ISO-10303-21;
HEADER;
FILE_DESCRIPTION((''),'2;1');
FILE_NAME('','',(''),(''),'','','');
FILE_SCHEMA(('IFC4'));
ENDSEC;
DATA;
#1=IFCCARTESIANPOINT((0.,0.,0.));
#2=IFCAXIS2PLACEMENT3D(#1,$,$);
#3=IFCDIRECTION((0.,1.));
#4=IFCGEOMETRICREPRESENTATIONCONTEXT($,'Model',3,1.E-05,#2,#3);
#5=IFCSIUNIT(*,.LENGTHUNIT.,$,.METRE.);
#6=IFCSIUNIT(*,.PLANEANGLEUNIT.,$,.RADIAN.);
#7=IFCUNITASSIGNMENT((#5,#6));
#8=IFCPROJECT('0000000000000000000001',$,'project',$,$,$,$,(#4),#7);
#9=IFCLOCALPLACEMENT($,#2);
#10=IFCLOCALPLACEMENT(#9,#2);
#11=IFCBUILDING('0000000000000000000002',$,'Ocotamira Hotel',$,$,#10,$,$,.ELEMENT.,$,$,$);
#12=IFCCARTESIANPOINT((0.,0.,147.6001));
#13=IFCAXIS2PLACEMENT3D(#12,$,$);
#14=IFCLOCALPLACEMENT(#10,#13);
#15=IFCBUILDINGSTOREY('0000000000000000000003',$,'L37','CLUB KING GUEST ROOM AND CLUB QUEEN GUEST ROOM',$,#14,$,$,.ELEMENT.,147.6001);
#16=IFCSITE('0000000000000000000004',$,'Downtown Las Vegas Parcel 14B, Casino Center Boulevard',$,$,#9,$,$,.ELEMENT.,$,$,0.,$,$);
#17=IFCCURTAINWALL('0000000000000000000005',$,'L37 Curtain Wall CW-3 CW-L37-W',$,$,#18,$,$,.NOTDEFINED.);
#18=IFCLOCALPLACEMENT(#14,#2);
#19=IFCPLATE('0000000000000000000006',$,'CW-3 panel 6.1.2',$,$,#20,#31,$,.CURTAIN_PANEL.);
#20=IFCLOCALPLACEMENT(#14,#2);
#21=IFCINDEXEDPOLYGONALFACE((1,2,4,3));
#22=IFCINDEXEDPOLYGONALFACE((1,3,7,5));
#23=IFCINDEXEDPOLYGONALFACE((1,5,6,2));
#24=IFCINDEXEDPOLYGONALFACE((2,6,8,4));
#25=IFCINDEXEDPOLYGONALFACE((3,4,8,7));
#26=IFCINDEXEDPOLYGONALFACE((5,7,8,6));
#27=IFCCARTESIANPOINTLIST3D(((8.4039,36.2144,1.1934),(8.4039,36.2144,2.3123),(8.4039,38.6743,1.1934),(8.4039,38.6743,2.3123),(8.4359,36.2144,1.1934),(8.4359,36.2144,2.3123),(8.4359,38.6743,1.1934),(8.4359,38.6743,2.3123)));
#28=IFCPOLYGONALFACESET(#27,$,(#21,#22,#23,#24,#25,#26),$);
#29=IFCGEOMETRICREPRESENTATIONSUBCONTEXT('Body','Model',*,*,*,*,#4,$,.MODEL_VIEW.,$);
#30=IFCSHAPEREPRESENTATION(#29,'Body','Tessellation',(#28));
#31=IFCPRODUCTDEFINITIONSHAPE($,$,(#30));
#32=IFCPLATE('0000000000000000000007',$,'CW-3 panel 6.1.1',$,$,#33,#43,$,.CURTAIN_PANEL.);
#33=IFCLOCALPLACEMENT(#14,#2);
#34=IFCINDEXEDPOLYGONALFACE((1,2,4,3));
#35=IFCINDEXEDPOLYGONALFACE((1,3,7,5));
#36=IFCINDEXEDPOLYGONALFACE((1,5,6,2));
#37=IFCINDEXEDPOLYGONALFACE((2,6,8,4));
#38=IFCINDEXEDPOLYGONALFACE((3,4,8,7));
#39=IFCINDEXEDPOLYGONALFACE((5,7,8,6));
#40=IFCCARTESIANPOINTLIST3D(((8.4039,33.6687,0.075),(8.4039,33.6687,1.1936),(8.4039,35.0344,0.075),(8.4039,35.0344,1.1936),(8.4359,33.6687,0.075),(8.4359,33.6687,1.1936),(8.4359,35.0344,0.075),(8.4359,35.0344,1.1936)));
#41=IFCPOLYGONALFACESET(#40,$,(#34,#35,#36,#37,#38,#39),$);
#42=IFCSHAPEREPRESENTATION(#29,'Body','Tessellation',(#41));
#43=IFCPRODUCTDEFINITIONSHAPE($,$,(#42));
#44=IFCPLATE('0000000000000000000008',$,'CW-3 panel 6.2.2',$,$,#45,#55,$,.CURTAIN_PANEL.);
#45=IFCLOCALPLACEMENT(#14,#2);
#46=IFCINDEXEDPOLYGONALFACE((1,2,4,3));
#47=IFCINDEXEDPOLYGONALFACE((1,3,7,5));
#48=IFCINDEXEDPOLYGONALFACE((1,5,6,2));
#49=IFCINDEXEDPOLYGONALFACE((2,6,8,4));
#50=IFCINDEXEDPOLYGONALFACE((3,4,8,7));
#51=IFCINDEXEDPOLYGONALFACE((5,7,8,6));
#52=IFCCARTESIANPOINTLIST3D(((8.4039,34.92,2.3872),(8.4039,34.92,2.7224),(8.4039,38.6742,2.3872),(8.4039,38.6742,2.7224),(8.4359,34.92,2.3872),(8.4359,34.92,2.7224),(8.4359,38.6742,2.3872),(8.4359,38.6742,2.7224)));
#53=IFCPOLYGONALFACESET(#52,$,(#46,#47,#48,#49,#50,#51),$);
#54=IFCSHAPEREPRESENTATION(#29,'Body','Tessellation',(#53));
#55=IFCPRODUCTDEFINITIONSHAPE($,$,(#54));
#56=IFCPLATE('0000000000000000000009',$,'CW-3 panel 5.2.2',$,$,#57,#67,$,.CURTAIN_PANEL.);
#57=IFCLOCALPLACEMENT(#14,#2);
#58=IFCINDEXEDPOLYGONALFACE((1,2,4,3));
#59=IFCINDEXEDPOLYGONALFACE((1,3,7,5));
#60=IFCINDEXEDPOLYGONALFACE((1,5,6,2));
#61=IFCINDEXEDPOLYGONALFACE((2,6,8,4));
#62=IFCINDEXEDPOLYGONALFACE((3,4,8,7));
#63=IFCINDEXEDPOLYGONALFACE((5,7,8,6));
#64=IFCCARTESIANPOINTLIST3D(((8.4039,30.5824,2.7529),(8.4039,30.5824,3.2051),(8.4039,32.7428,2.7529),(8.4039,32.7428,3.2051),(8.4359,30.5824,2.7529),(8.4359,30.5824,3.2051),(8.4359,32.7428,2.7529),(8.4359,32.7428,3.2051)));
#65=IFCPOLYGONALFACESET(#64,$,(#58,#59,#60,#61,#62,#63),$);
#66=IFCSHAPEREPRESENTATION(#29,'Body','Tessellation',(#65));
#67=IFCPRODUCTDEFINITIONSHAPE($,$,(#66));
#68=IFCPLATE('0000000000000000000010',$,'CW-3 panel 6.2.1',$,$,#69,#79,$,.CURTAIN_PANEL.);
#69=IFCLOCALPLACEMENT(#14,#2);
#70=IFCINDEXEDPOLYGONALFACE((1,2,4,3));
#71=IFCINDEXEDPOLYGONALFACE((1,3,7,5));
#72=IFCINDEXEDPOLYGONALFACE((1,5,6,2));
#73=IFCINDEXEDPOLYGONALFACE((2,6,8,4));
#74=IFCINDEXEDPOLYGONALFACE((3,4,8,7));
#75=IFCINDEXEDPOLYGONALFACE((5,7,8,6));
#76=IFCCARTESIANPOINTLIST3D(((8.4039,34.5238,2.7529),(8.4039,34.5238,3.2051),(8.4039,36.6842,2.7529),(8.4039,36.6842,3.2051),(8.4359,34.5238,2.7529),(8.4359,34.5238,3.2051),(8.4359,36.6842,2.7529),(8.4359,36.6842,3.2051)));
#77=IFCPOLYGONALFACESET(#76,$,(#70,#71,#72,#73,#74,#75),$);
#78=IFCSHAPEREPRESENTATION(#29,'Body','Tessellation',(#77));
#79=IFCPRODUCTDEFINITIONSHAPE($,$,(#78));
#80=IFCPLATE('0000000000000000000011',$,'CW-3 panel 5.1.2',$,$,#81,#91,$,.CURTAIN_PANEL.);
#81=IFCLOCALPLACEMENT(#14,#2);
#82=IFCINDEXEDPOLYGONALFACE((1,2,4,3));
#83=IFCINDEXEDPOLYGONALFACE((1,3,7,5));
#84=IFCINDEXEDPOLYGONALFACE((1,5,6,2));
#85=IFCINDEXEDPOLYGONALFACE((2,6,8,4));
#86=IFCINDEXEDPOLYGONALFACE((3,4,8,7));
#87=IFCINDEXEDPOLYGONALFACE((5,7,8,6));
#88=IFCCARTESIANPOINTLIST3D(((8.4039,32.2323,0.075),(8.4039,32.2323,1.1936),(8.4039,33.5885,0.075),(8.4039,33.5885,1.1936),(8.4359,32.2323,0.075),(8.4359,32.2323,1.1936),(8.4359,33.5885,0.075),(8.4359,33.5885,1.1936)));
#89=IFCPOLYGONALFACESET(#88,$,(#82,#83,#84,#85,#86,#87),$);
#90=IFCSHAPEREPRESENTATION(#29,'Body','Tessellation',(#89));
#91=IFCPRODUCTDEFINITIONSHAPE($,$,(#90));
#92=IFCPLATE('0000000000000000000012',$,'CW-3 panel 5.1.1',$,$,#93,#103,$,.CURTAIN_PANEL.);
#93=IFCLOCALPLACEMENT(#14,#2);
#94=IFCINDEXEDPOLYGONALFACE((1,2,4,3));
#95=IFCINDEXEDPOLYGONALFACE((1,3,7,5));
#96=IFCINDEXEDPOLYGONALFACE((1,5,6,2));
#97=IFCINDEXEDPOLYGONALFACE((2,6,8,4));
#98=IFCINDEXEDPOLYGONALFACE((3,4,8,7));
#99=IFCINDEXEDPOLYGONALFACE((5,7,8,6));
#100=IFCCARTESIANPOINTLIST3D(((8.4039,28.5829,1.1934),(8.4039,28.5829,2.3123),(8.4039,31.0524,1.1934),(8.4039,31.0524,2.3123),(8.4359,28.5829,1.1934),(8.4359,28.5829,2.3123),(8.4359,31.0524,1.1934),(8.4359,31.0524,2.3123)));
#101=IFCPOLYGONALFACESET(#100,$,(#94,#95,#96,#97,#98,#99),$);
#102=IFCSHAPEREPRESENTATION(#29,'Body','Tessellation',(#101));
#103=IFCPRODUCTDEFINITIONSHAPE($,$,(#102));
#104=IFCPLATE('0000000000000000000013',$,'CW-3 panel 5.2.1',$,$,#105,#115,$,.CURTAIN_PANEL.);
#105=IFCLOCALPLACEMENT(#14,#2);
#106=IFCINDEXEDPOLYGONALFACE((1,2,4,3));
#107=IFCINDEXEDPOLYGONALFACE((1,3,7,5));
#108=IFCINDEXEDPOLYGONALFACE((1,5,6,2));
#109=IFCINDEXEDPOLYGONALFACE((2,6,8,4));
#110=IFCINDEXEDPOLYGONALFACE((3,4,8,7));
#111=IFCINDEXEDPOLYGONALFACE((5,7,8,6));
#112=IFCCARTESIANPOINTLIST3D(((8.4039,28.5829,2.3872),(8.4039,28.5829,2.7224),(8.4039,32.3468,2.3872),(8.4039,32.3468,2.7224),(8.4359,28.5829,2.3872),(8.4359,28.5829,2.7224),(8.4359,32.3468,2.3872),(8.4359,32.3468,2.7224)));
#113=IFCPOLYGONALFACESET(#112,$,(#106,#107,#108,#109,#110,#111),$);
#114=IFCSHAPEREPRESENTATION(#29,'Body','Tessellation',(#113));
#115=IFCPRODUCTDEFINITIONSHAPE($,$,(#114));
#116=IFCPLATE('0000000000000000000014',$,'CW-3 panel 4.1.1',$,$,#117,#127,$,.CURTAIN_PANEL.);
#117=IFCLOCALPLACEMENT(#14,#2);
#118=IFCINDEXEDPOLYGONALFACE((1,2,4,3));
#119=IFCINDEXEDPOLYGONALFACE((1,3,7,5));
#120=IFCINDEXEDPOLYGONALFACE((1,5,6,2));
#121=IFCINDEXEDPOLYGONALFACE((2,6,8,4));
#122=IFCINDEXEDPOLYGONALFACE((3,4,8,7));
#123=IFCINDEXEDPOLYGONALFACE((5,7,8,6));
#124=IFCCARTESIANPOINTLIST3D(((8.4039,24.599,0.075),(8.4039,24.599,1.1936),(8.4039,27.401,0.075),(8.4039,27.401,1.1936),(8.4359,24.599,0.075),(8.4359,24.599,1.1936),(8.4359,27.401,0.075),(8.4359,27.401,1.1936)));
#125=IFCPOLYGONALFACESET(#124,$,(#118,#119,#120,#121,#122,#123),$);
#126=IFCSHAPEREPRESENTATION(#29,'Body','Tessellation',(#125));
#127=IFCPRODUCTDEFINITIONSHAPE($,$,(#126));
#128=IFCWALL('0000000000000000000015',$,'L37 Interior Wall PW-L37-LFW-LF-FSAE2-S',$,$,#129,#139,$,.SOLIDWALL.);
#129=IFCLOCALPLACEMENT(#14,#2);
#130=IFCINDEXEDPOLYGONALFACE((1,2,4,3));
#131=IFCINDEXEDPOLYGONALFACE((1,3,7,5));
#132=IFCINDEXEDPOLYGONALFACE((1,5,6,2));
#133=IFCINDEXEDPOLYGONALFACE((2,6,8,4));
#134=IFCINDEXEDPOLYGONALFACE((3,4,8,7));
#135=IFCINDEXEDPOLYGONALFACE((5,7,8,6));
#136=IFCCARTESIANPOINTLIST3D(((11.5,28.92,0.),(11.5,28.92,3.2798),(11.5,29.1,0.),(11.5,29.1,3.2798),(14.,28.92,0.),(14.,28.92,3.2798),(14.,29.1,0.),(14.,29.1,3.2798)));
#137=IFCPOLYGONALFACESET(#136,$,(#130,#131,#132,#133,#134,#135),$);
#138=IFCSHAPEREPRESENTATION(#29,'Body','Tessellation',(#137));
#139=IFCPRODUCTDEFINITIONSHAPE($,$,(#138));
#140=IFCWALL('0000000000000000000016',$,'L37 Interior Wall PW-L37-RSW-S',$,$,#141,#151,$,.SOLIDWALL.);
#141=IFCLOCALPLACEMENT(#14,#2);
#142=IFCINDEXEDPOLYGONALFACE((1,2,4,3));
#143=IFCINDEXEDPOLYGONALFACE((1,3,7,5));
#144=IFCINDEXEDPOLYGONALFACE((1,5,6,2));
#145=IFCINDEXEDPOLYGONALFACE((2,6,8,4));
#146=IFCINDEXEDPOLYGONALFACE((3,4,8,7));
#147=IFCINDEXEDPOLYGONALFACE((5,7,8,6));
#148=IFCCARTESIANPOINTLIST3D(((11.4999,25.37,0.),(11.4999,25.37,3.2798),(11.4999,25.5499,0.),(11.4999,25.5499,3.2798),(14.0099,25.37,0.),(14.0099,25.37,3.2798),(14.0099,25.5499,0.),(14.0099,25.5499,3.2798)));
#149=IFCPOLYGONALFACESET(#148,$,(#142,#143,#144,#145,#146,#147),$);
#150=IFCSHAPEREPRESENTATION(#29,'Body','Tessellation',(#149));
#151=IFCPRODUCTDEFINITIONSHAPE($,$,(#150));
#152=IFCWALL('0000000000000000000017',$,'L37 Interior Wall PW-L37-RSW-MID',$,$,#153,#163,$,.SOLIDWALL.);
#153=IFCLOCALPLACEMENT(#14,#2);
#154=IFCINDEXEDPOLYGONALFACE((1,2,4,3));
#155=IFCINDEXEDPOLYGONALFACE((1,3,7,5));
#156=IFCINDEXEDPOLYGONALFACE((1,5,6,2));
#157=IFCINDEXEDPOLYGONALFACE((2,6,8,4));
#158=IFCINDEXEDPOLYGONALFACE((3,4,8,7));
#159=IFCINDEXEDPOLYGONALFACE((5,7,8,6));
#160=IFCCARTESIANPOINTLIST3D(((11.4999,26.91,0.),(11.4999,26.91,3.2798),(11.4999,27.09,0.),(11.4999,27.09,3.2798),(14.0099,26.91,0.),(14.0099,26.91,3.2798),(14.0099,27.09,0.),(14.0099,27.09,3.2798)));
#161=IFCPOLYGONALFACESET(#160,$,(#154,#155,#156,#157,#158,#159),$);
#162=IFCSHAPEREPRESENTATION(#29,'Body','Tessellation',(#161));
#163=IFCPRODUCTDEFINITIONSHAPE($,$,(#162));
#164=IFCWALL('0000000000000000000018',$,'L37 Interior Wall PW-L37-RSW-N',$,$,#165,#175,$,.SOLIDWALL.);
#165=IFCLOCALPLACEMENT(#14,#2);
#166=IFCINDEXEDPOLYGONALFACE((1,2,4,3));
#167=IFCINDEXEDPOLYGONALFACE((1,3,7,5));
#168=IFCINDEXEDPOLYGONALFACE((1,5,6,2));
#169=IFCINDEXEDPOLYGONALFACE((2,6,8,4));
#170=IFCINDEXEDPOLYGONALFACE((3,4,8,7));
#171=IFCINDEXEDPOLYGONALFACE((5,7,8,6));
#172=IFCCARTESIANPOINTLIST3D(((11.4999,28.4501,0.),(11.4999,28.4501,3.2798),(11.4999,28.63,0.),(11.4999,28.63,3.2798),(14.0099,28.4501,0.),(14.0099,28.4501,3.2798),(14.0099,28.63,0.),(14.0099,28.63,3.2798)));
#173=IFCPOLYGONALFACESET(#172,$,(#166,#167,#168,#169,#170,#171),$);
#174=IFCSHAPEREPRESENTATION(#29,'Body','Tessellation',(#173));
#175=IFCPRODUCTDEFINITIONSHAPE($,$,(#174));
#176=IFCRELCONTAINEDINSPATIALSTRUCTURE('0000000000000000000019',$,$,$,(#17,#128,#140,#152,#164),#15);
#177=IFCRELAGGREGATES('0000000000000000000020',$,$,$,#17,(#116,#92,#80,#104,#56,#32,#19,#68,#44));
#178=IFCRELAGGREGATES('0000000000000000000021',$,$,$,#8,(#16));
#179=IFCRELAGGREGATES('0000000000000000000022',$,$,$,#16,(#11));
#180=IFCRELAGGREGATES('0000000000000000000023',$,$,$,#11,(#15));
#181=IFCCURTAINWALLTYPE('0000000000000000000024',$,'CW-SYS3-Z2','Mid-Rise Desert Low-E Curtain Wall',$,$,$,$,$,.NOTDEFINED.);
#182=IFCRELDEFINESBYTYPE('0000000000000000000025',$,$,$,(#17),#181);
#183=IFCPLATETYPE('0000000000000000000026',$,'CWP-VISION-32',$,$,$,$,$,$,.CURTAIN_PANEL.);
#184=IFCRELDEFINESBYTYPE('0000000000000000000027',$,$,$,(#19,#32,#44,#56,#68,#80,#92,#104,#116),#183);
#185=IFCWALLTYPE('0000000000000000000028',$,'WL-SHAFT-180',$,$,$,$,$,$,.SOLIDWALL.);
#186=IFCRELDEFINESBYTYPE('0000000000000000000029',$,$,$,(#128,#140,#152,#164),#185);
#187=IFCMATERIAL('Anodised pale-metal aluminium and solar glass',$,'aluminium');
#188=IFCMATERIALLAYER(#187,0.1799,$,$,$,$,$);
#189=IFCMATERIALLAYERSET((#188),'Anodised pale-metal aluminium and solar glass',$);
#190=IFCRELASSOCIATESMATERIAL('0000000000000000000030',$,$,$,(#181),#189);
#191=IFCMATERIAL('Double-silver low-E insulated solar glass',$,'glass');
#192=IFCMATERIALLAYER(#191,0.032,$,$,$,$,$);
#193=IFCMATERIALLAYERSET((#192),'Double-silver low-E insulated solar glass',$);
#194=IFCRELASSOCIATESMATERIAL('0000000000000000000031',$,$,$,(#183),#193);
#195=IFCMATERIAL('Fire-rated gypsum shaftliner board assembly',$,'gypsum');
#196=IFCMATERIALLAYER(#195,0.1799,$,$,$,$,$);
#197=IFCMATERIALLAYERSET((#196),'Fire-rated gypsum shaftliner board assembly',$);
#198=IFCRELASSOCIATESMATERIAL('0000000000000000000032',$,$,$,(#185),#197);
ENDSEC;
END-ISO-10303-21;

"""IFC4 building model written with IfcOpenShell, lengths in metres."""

from ifc_helpers import new_model, si_unit, direction, frame, frame_2d, origin, origin_2d, place, context, subcontext, project, spatial, rectangle, extrude, source, transform, mapped, material, layer, layer_set, type_object, element, aggregate, save


model = new_model("IFC4")

# Units and contexts
model_context = context("Model", 3, precision=1e-05, world=origin(), true_north=direction((0.0, 1.0)))
body_context = subcontext(model_context, "Body", "Model", "MODEL_VIEW")
ifc_project = project(units=[si_unit("LENGTHUNIT", "METRE"), si_unit("PLANEANGLEUNIT", "RADIAN")], contexts=[model_context])

# Site, building, storey
site_placement = place(None, origin())
site = spatial("IfcSite", under=ifc_project, at=site_placement, Name="Downtown Las Vegas Parcel 14B, Casino Center Boulevard", CompositionType="ELEMENT", RefElevation=0.0)
building_placement = place(site_placement, origin())
building = spatial("IfcBuilding", under=site, at=building_placement, Name="Ocotamira Hotel", CompositionType="ELEMENT")
storey_placement = place(building_placement, frame((0.0, 0.0, 147.6001)))
storey = spatial("IfcBuildingStorey", under=building, at=storey_placement, Name="L37", Description="CLUB KING GUEST ROOM AND CLUB QUEEN GUEST ROOM", CompositionType="ELEMENT", Elevation=147.6001)

# Curtain wall
ifc_material_1 = material(Name="Anodised pale-metal aluminium and solar glass", Category="aluminium")
ifc_layer_1 = layer(ifc_material_1, 0.1799)
ifc_layer_set_1 = layer_set([ifc_layer_1], Name="Anodised pale-metal aluminium and solar glass")
curtain_wall_type = type_object("IfcCurtainWallType", Name="CW-SYS3-Z2", Description="Mid-Rise Desert Low-E Curtain Wall", PredefinedType="NOTDEFINED", material=ifc_layer_set_1)
curtain_wall_placement = place(storey_placement, origin())
curtain_wall = element("IfcCurtainWall", 1, at=curtain_wall_placement, inside=storey, type_object=curtain_wall_type, Name="L37 Curtain Wall CW-3 CW-L37-W", PredefinedType="NOTDEFINED")

# Plates
ifc_material_2 = material(Name="Double-silver low-E insulated solar glass", Category="glass")
ifc_layer_2 = layer(ifc_material_2, 0.032)
ifc_layer_set_2 = layer_set([ifc_layer_2], Name="Double-silver low-E insulated solar glass")
plate_type_1 = type_object("IfcPlateType", Name="CWP-VISION-32", PredefinedType="CURTAIN_PANEL", material=ifc_layer_set_2)
shared_shape_1 = source(origin(), body_context, "Body", "SweptSolid", [
    extrude(rectangle(XDim=2.46, YDim=0.032, at=origin_2d()), origin(), (0.0, 0.0, 1.0), 1.1189),
])
plate_1_placement = place(storey_placement, frame((8.4199, 37.4443, 1.1934), z_axis=(0.0, 0.0, 1.0), x_axis=(0.0, 1.0, 0.0)))
plate_1 = element("IfcPlate", 2, at=plate_1_placement, type_object=plate_type_1, Name="CW-3 panel 6.1.2", PredefinedType="CURTAIN_PANEL", context=body_context, shape_type="MappedRepresentation", body=[
    mapped(shared_shape_1, transform((0.0, 0.0, 0.0), scale=1.0)),
])
shared_shape_2 = source(origin(), body_context, "Body", "SweptSolid", [
    extrude(rectangle(XDim=1.3657, YDim=0.032, at=origin_2d()), origin(), (0.0, 0.0, 1.0), 1.1187),
])
plate_2_placement = place(storey_placement, frame((8.4199, 34.3516, 0.075), z_axis=(0.0, 0.0, 1.0), x_axis=(0.0, 1.0, 0.0)))
plate_2 = element("IfcPlate", 3, at=plate_2_placement, type_object=plate_type_1, Name="CW-3 panel 6.1.1", PredefinedType="CURTAIN_PANEL", context=body_context, shape_type="MappedRepresentation", body=[
    mapped(shared_shape_2, transform((0.0, 0.0, 0.0), scale=1.0)),
])
shared_shape_3 = source(origin(), body_context, "Body", "SweptSolid", [
    extrude(rectangle(XDim=3.7542, YDim=0.032, at=origin_2d()), origin(), (0.0, 0.0, 1.0), 0.3352),
])
plate_3_placement = place(storey_placement, frame((8.4199, 36.7971, 2.3872), z_axis=(0.0, 0.0, 1.0), x_axis=(0.0, 1.0, 0.0)))
plate_3 = element("IfcPlate", 4, at=plate_3_placement, type_object=plate_type_1, Name="CW-3 panel 6.2.2", PredefinedType="CURTAIN_PANEL", context=body_context, shape_type="MappedRepresentation", body=[
    mapped(shared_shape_3, transform((0.0, 0.0, 0.0), scale=1.0)),
])
shared_shape_4 = source(origin(), body_context, "Body", "SweptSolid", [
    extrude(rectangle(XDim=2.1604, YDim=0.032, at=origin_2d()), origin(), (0.0, 0.0, 1.0), 0.4521),
])
plate_4_placement = place(storey_placement, frame((8.4199, 31.6626, 2.7529), z_axis=(0.0, 0.0, 1.0), x_axis=(0.0, 1.0, 0.0)))
plate_4 = element("IfcPlate", 5, at=plate_4_placement, type_object=plate_type_1, Name="CW-3 panel 5.2.2", PredefinedType="CURTAIN_PANEL", context=body_context, shape_type="MappedRepresentation", body=[
    mapped(shared_shape_4, transform((0.0, 0.0, 0.0), scale=1.0)),
])
plate_5_placement = place(storey_placement, frame((8.4199, 35.604, 2.7529), z_axis=(0.0, 0.0, 1.0), x_axis=(0.0, 1.0, 0.0)))
plate_5 = element("IfcPlate", 6, at=plate_5_placement, type_object=plate_type_1, Name="CW-3 panel 6.2.1", PredefinedType="CURTAIN_PANEL", context=body_context, shape_type="MappedRepresentation", body=[
    mapped(shared_shape_4, transform((0.0, 0.0, 0.0), scale=1.0)),
])
shared_shape_5 = source(origin(), body_context, "Body", "SweptSolid", [
    extrude(rectangle(XDim=1.3562, YDim=0.032, at=origin_2d()), origin(), (0.0, 0.0, 1.0), 1.1187),
])
plate_6_placement = place(storey_placement, frame((8.4199, 32.9104, 0.075), z_axis=(0.0, 0.0, 1.0), x_axis=(0.0, 1.0, 0.0)))
plate_6 = element("IfcPlate", 7, at=plate_6_placement, type_object=plate_type_1, Name="CW-3 panel 5.1.2", PredefinedType="CURTAIN_PANEL", context=body_context, shape_type="MappedRepresentation", body=[
    mapped(shared_shape_5, transform((0.0, 0.0, 0.0), scale=1.0)),
])
shared_shape_6 = source(origin(), body_context, "Body", "SweptSolid", [
    extrude(rectangle(XDim=2.4695, YDim=0.032, at=origin_2d()), origin(), (0.0, 0.0, 1.0), 1.1189),
])
plate_7_placement = place(storey_placement, frame((8.4199, 29.8176, 1.1934), z_axis=(0.0, 0.0, 1.0), x_axis=(0.0, 1.0, 0.0)))
plate_7 = element("IfcPlate", 8, at=plate_7_placement, type_object=plate_type_1, Name="CW-3 panel 5.1.1", PredefinedType="CURTAIN_PANEL", context=body_context, shape_type="MappedRepresentation", body=[
    mapped(shared_shape_6, transform((0.0, 0.0, 0.0), scale=1.0)),
])
shared_shape_7 = source(origin(), body_context, "Body", "SweptSolid", [
    extrude(rectangle(XDim=3.7639, YDim=0.032, at=origin_2d()), origin(), (0.0, 0.0, 1.0), 0.3352),
])
plate_8_placement = place(storey_placement, frame((8.4199, 30.4648, 2.3872), z_axis=(0.0, 0.0, 1.0), x_axis=(0.0, 1.0, 0.0)))
plate_8 = element("IfcPlate", 9, at=plate_8_placement, type_object=plate_type_1, Name="CW-3 panel 5.2.1", PredefinedType="CURTAIN_PANEL", context=body_context, shape_type="MappedRepresentation", body=[
    mapped(shared_shape_7, transform((0.0, 0.0, 0.0), scale=1.0)),
])
shared_shape_8 = source(origin(), body_context, "Body", "SweptSolid", [
    extrude(rectangle(XDim=2.802, YDim=0.032, at=origin_2d()), origin(), (0.0, 0.0, 1.0), 1.1187),
])
plate_9_placement = place(storey_placement, frame((8.4199, 26.0, 0.075), z_axis=(0.0, 0.0, 1.0), x_axis=(0.0, 1.0, 0.0)))
plate_9 = element("IfcPlate", 10, at=plate_9_placement, type_object=plate_type_1, Name="CW-3 panel 4.1.1", PredefinedType="CURTAIN_PANEL", context=body_context, shape_type="MappedRepresentation", body=[
    mapped(shared_shape_8, transform((0.0, 0.0, 0.0), scale=1.0)),
])
aggregate(curtain_wall, [plate_9, plate_7, plate_6, plate_8, plate_4, plate_2, plate_1, plate_5, plate_3])

# Walls
ifc_material_3 = material(Name="Fire-rated gypsum shaftliner board assembly", Category="gypsum")
ifc_layer_3 = layer(ifc_material_3, 0.1799)
ifc_layer_set_3 = layer_set([ifc_layer_3], Name="Fire-rated gypsum shaftliner board assembly")
wall_type_1 = type_object("IfcWallType", Name="WL-SHAFT-180", PredefinedType="SOLIDWALL", material=ifc_layer_set_3)
wall_1_placement = place(storey_placement, frame((11.5, 29.01, 0.0), z_axis=(0.0, 0.0, 1.0), x_axis=(1.0, 0.0, 0.0)))
element("IfcWall", 11, at=wall_1_placement, inside=storey, type_object=wall_type_1, Name="L37 Interior Wall PW-L37-LFW-LF-FSAE2-S", PredefinedType="SOLIDWALL", context=body_context, shape_type="SweptSolid", body=[
    extrude(rectangle(XDim=2.5, YDim=0.1799, at=frame_2d((1.25, 0.0))), origin(), (0.0, 0.0, 1.0), 3.2798),
])
for number, where, z_axis, x_axis, name in (
    (12, (11.5, 25.46, 0.0), (0.0, 0.0, 1.0), (1.0, 0.0, 0.0), "L37 Interior Wall PW-L37-RSW-S"),
    (13, (11.5, 27.0, 0.0), (0.0, 0.0, 1.0), (1.0, 0.0, 0.0), "L37 Interior Wall PW-L37-RSW-MID"),
    (14, (11.5, 28.54, 0.0), (0.0, 0.0, 1.0), (1.0, 0.0, 0.0), "L37 Interior Wall PW-L37-RSW-N"),
):
    element("IfcWall", number, at=place(storey_placement, frame(where, z_axis=z_axis, x_axis=x_axis)), inside=storey, type_object=wall_type_1, Name=name, PredefinedType="SOLIDWALL", context=body_context, shape_type="SweptSolid", body=[
        extrude(rectangle(XDim=2.51, YDim=0.1799, at=frame_2d((1.2549, 0.0))), origin(), (0.0, 0.0, 1.0), 3.2798),
    ])

save(model, "model.ifc")
